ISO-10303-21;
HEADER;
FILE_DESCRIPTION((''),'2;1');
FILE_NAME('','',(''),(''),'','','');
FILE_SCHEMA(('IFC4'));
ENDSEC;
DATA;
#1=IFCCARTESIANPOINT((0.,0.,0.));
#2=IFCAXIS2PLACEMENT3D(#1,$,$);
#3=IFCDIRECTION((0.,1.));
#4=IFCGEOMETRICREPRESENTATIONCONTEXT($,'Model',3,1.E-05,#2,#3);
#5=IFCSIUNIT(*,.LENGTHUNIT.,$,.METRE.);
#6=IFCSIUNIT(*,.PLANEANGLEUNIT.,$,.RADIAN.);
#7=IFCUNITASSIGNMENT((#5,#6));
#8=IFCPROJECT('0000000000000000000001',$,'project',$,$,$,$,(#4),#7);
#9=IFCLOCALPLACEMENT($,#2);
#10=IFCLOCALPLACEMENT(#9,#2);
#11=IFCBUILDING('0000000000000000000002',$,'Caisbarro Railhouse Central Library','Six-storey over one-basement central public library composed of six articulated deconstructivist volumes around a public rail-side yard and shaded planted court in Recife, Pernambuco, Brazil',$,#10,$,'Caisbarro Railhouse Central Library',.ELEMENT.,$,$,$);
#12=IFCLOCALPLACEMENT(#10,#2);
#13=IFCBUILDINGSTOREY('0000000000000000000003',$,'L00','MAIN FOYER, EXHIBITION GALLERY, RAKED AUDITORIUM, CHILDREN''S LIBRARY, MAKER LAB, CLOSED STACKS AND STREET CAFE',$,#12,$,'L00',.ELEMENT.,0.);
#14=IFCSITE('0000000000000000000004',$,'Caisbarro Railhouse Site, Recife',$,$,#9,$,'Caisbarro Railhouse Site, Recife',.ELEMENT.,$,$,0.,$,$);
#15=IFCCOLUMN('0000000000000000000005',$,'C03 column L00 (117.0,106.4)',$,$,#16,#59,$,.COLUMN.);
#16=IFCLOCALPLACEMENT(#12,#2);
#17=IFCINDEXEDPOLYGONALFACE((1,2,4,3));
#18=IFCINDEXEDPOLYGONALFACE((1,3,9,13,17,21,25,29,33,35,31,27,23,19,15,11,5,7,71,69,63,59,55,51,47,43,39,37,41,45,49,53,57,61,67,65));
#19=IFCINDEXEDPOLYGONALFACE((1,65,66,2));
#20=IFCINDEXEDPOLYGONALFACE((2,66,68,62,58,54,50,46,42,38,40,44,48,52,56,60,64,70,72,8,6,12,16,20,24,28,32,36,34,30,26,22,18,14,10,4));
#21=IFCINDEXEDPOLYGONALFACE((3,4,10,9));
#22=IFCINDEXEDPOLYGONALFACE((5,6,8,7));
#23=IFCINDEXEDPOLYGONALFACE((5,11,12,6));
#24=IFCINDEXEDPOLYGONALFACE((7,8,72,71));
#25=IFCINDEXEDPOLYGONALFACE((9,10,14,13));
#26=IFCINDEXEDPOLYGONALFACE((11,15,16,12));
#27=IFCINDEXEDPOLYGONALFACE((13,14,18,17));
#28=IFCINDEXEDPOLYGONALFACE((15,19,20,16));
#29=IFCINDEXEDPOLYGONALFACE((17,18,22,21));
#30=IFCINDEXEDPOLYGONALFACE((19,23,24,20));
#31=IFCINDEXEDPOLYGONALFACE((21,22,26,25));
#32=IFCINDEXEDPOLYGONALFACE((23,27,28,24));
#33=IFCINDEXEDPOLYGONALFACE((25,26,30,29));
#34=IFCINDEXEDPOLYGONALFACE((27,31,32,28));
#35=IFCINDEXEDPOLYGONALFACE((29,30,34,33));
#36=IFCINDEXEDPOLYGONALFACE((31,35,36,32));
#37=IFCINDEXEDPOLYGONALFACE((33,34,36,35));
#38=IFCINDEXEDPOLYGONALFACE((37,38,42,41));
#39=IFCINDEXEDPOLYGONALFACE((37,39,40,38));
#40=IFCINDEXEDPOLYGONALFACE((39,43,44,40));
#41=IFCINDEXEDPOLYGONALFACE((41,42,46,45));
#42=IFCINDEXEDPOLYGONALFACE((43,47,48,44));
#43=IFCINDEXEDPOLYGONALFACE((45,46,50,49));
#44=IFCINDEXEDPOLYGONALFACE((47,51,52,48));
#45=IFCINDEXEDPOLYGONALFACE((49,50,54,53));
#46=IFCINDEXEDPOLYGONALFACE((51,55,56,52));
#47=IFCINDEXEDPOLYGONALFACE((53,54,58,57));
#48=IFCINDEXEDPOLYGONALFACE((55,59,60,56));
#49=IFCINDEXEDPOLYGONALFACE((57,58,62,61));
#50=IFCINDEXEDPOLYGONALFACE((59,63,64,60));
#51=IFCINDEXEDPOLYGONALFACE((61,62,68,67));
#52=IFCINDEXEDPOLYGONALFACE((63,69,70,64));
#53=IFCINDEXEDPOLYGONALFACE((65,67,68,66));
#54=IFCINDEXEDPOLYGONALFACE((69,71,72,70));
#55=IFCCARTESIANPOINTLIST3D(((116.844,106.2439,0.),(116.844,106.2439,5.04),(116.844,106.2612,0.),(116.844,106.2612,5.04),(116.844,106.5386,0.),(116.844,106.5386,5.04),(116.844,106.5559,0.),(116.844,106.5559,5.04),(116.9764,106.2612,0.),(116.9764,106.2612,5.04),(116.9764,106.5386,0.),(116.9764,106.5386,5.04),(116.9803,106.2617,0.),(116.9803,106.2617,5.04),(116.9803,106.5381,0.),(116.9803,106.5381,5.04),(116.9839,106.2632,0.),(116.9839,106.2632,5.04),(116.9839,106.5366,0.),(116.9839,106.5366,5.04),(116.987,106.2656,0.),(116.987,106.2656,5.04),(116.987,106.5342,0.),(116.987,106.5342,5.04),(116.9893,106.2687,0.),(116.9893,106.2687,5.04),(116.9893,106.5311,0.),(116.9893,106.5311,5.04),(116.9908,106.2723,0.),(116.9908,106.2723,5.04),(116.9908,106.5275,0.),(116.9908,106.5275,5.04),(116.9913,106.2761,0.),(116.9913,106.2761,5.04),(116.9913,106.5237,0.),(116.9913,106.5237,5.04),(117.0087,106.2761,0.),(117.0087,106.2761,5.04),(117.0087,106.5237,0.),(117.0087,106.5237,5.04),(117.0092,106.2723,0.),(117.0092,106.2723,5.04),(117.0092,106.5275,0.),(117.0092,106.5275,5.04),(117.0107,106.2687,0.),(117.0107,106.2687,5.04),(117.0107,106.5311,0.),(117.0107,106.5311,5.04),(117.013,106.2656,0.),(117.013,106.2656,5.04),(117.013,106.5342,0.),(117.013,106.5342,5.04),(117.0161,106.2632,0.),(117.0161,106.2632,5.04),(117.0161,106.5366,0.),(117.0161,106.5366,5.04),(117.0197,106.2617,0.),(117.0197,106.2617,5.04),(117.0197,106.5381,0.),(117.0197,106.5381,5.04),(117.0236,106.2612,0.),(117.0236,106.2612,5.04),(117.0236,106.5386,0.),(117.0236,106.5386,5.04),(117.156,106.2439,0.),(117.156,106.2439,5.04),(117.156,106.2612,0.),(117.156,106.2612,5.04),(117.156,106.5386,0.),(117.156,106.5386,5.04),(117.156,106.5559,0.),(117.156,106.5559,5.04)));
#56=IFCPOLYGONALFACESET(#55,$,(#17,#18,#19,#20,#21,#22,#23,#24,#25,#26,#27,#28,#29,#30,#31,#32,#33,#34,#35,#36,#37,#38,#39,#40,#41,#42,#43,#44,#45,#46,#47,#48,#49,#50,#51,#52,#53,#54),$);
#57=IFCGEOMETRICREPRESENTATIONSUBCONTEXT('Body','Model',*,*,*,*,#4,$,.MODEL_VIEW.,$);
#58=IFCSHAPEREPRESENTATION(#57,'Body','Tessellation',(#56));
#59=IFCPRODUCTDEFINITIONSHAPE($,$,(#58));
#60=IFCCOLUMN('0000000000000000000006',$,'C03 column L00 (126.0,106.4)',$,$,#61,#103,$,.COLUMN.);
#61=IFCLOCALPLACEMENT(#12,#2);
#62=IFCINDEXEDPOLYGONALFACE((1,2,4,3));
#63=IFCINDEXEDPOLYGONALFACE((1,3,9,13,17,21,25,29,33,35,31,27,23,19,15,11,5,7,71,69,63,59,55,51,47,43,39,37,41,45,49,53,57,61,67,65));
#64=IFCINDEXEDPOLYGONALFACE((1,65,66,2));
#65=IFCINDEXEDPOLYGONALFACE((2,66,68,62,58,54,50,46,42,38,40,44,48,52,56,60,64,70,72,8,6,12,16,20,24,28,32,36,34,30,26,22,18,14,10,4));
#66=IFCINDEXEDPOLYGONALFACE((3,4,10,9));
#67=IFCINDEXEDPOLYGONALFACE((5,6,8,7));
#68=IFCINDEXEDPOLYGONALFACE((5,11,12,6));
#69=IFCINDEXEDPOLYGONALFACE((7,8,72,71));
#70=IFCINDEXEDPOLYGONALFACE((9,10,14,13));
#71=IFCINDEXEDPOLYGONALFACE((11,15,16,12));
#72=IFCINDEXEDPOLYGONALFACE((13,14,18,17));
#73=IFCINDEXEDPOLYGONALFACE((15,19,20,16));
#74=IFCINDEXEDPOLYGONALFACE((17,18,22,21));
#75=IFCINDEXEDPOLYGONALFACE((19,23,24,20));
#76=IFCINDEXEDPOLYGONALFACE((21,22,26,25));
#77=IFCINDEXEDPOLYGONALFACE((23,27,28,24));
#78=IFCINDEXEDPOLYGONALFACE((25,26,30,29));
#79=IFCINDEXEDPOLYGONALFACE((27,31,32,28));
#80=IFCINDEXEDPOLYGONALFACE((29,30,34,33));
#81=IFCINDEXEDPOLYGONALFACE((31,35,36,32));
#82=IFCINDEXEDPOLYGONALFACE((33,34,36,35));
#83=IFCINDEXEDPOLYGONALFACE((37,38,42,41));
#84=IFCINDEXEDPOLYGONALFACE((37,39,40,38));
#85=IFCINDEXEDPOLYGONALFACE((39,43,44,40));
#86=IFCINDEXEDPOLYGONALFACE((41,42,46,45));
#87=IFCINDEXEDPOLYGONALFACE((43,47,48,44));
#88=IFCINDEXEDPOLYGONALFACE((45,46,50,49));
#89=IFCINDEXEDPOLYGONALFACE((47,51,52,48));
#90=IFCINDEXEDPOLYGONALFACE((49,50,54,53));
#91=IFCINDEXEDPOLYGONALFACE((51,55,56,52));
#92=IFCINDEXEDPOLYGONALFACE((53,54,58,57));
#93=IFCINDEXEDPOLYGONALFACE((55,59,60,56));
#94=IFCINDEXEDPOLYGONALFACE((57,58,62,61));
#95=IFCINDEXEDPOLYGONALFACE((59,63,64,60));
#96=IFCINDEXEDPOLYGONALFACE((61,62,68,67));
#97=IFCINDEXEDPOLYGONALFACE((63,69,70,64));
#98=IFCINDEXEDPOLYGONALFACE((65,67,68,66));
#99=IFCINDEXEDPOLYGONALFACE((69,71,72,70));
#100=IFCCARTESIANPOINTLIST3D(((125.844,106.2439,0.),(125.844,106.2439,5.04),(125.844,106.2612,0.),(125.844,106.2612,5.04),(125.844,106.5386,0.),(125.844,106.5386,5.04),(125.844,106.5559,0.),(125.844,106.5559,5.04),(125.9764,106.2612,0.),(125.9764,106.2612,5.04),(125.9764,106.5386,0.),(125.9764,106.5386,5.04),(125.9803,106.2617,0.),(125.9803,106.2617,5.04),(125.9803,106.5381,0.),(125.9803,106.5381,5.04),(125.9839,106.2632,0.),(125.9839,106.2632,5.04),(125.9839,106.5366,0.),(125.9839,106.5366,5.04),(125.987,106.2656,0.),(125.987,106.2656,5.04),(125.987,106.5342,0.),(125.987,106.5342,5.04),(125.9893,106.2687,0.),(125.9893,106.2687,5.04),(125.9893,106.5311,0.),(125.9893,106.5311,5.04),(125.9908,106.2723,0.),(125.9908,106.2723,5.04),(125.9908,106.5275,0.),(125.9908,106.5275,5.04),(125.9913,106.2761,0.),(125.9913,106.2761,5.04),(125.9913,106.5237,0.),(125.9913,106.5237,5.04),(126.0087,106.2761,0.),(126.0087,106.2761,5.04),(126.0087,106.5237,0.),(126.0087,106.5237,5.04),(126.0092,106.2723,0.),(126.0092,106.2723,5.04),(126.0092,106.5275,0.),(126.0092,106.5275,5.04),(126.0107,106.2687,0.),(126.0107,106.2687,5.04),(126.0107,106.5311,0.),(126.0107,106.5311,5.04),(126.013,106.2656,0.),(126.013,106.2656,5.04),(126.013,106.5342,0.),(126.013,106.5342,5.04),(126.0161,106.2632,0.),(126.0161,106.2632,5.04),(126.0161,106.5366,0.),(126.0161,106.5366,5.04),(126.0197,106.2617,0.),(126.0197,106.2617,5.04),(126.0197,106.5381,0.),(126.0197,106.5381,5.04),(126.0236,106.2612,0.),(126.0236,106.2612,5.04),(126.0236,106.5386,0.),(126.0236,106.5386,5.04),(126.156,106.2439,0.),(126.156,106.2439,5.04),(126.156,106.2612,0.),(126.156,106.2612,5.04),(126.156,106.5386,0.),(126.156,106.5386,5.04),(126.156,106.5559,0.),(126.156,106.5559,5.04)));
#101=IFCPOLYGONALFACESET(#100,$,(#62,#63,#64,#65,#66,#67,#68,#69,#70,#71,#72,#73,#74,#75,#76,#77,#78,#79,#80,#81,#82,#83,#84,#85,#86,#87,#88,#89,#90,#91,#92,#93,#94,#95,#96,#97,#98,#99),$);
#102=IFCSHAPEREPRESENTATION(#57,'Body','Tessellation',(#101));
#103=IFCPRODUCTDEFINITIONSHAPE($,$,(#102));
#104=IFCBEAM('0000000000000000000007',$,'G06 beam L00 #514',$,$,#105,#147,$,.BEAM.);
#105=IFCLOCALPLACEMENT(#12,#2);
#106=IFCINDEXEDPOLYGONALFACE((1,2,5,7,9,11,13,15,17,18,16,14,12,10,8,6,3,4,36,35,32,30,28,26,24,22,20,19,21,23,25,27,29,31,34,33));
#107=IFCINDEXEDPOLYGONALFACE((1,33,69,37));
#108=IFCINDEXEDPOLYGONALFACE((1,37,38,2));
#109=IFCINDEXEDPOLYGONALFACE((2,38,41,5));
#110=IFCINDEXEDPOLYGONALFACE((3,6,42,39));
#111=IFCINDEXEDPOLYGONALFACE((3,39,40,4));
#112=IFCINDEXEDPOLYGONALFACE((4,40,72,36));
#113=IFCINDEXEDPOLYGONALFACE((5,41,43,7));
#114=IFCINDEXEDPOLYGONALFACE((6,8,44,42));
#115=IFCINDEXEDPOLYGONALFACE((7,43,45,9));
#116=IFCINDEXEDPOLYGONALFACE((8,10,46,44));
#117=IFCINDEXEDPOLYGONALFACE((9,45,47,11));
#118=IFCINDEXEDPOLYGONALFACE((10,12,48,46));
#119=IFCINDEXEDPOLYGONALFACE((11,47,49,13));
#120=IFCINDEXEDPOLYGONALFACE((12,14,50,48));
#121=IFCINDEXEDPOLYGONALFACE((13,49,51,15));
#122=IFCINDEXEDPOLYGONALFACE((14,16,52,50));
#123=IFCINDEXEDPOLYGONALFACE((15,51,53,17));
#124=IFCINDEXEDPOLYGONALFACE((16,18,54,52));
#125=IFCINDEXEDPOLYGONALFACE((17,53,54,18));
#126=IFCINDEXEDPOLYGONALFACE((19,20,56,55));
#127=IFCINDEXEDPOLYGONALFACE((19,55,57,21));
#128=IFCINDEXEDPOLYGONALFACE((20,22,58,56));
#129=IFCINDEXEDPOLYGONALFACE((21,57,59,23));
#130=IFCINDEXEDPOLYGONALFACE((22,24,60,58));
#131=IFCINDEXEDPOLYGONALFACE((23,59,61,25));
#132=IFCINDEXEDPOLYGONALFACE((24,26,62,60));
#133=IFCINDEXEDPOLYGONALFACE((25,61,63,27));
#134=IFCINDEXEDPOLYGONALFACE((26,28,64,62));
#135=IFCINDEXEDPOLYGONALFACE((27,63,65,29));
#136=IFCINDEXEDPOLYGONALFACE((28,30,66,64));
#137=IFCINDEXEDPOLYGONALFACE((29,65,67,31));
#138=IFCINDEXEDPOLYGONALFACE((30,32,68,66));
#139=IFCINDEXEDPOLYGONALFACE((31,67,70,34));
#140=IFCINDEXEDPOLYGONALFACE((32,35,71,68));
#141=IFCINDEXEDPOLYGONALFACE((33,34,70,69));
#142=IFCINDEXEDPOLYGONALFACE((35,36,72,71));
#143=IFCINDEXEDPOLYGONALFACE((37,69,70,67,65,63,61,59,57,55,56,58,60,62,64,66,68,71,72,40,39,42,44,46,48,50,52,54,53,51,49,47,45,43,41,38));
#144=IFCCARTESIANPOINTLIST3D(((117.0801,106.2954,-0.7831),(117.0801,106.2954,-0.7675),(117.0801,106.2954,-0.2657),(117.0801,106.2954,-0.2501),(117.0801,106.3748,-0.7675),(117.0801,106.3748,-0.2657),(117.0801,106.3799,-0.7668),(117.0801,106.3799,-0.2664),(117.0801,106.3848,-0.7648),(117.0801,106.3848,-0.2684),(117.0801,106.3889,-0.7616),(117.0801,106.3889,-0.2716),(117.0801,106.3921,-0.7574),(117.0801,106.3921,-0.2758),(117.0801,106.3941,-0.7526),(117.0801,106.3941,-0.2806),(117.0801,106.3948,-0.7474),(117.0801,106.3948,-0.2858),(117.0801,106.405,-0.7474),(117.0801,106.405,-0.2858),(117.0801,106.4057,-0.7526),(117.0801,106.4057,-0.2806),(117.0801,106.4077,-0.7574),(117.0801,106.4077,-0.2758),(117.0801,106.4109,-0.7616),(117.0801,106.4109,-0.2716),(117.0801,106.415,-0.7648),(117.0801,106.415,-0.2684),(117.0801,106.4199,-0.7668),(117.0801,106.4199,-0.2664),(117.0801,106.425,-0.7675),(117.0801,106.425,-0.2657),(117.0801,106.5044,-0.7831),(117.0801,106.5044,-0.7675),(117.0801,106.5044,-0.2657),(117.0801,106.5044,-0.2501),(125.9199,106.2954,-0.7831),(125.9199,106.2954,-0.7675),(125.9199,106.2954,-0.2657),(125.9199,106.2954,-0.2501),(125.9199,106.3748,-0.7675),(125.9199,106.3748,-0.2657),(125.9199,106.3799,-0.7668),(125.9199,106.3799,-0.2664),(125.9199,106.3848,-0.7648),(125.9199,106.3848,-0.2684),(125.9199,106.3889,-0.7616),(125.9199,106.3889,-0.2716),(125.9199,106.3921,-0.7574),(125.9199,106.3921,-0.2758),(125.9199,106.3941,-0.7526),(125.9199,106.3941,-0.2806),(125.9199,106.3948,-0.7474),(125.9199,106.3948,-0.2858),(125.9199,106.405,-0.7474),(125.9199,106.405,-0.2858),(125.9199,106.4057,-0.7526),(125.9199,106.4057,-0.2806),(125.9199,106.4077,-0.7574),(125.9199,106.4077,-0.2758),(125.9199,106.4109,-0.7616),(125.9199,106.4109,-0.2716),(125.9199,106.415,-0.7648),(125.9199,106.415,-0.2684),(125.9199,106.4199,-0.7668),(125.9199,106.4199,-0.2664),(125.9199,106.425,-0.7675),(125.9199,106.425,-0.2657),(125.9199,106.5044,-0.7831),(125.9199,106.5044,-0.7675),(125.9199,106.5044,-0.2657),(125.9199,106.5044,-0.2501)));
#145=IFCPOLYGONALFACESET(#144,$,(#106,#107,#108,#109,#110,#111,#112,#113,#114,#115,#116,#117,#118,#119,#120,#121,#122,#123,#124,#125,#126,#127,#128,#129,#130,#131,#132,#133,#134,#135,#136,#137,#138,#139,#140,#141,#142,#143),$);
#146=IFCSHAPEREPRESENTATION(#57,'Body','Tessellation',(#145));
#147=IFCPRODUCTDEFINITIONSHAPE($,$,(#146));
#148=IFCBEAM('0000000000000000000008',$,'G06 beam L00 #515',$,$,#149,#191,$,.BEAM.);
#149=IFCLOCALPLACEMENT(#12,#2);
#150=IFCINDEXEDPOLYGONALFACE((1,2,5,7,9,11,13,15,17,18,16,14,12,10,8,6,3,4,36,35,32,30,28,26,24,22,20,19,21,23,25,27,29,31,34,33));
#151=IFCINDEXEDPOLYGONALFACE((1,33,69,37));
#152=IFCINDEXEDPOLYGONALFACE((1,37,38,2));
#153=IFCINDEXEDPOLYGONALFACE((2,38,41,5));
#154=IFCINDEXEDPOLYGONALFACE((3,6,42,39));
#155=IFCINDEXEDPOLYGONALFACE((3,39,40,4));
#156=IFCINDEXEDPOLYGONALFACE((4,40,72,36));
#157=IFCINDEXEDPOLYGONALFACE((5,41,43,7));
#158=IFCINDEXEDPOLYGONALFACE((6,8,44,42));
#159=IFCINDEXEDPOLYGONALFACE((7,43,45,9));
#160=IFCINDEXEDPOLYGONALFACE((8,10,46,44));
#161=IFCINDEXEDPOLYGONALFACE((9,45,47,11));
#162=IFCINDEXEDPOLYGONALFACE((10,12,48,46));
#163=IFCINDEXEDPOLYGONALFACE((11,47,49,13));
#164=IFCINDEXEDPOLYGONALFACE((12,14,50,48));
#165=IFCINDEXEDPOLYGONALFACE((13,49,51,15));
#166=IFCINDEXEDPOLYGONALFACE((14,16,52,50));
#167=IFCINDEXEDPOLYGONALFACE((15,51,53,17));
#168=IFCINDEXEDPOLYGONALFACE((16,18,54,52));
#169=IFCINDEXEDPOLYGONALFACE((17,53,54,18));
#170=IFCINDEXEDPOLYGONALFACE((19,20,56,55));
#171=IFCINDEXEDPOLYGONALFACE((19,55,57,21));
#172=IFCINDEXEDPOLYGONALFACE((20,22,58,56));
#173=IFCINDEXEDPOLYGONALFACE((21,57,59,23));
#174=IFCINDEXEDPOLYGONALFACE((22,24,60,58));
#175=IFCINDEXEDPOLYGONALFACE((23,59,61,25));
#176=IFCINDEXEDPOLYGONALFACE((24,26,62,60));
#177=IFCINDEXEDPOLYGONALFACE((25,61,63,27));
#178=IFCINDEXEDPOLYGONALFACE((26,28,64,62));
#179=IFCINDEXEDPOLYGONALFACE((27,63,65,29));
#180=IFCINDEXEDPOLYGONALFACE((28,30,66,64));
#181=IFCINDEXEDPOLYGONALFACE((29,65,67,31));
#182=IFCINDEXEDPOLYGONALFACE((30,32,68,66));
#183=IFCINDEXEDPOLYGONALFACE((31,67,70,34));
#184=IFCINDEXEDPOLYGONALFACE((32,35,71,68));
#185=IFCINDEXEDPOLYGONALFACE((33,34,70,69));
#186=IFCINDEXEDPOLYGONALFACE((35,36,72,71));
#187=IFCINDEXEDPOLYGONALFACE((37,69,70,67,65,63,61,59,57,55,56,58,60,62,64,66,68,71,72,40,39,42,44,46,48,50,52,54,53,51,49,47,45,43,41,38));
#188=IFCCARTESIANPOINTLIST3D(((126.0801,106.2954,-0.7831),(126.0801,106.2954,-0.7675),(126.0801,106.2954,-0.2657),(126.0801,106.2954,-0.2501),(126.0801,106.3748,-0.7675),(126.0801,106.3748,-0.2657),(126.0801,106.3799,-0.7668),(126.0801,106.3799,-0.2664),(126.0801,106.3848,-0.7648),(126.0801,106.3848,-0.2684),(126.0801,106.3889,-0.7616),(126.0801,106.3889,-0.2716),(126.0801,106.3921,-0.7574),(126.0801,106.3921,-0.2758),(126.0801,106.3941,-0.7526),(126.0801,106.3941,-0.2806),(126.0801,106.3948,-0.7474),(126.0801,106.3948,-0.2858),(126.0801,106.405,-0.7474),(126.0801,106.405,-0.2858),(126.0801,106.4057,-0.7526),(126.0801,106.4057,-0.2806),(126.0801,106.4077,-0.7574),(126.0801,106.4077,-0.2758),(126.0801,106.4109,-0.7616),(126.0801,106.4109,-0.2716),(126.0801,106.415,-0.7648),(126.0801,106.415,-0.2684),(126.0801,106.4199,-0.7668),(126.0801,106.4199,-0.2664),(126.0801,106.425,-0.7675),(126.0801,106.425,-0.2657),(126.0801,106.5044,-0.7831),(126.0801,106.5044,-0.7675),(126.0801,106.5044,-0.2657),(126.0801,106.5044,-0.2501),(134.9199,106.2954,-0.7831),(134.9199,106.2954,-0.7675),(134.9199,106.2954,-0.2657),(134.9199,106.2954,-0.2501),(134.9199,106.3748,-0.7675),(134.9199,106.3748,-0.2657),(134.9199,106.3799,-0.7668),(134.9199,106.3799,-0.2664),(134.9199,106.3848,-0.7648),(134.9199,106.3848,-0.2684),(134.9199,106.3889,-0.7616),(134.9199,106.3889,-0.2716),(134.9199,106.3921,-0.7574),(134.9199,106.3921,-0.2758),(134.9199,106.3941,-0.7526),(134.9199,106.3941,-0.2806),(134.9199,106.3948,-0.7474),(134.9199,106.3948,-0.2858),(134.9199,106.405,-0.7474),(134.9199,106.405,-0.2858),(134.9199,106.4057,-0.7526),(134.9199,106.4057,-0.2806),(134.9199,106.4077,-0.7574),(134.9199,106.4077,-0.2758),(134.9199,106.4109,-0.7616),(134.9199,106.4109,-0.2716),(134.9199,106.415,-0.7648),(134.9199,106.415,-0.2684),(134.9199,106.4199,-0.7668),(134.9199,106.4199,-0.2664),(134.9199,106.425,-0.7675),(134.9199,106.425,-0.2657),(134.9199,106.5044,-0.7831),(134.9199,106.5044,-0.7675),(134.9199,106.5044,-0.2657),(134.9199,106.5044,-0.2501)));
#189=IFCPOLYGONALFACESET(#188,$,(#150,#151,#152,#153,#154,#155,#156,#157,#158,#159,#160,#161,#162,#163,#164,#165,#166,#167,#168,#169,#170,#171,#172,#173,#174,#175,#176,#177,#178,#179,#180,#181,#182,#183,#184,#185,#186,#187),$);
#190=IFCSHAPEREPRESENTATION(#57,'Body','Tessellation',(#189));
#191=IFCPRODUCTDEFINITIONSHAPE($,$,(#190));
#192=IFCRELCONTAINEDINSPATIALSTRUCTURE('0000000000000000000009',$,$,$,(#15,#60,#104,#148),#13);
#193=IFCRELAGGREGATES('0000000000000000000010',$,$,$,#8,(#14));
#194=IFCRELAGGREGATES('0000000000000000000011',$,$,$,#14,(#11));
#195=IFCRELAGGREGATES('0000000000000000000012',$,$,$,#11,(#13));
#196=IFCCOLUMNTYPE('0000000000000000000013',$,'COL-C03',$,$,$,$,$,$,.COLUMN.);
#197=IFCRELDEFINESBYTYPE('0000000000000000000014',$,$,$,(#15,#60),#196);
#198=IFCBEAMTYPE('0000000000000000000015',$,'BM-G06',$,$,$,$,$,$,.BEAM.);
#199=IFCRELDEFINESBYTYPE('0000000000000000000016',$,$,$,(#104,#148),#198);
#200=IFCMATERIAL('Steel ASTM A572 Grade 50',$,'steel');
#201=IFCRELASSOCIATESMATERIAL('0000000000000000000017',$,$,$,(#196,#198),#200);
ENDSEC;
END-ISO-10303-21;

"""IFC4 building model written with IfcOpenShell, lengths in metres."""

from ifc_helpers import new_model, si_unit, direction, frame, origin, origin_2d, place, context, subcontext, project, spatial, i_section, extrude, material, material_profile, profile_set, type_object, element, save


model = new_model("IFC4")

# Units and contexts
model_context = context("Model", 3, precision=1e-05, world=origin(), true_north=direction((0.0, 1.0)))
body_context = subcontext(model_context, "Body", "Model", "MODEL_VIEW")
ifc_project = project(units=[si_unit("LENGTHUNIT", "METRE"), si_unit("PLANEANGLEUNIT", "RADIAN")], contexts=[model_context])

# Site, building, storey
site_placement = place(None, origin())
site = spatial("IfcSite", under=ifc_project, at=site_placement, Name="Caisbarro Railhouse Site, Recife", LongName="Caisbarro Railhouse Site, Recife", CompositionType="ELEMENT", RefElevation=0.0)
building_placement = place(site_placement, origin())
building = spatial("IfcBuilding", under=site, at=building_placement, Name="Caisbarro Railhouse Central Library", Description="Six-storey over one-basement central public library composed of six articulated deconstructivist volumes around a public rail-side yard and shaded planted court in Recife, Pernambuco, Brazil", LongName="Caisbarro Railhouse Central Library", CompositionType="ELEMENT")
storey_placement = place(building_placement, origin())
storey = spatial("IfcBuildingStorey", under=building, at=storey_placement, Name="L00", Description="MAIN FOYER, EXHIBITION GALLERY, RAKED AUDITORIUM, CHILDREN'S LIBRARY, MAKER LAB, CLOSED STACKS AND STREET CAFE", LongName="L00", CompositionType="ELEMENT", Elevation=0.0)

# Columns
ifc_material_1 = material(Name="Steel ASTM A572 Grade 50", Category="steel")
ifc_material_profile_1 = material_profile(ifc_material_1, i_section(OverallWidth=0.312, OverallDepth=0.312, WebThickness=0.0173, FlangeThickness=0.0173, FilletRadius=0.0149, at=origin_2d()), Name="HP310X125.0")
ifc_profile_set_1 = profile_set([ifc_material_profile_1], Name="Steel ASTM A572 Grade 50")
column_type = type_object("IfcColumnType", Name="COL-C03", PredefinedType="COLUMN", material=ifc_profile_set_1)
for number, where, z_axis, x_axis, name in (
    (1, (117.0, 106.3999, 0.0), (0.0, 0.0, 1.0), (1.0, 0.0, 0.0), "C03 column L00 (117.0,106.4)"),
    (2, (126.0, 106.3999, 0.0), (0.0, 0.0, 1.0), (1.0, 0.0, 0.0), "C03 column L00 (126.0,106.4)"),
):
    element("IfcColumn", number, at=place(storey_placement, frame(where, z_axis=z_axis, x_axis=x_axis)), inside=storey, type_object=column_type, Name=name, PredefinedType="COLUMN", context=body_context, shape_type="SweptSolid", body=[
        extrude(i_section(OverallWidth=0.312, OverallDepth=0.312, WebThickness=0.0173, FlangeThickness=0.0173, FilletRadius=0.0149, at=origin_2d()), origin(), (0.0, 0.0, 1.0), 5.04),
    ])

# Beams
ifc_material_profile_2 = material_profile(ifc_material_1, i_section(OverallWidth=0.209, OverallDepth=0.533, WebThickness=0.0103, FlangeThickness=0.0156, FilletRadius=0.02, at=origin_2d()), Name="W530X92.0")
ifc_profile_set_2 = profile_set([ifc_material_profile_2], Name="Steel ASTM A572 Grade 50")
beam_type_1 = type_object("IfcBeamType", Name="BM-G06", PredefinedType="BEAM", material=ifc_profile_set_2)
for number, where, z_axis, x_axis, name in (
    (3, (117.0801, 106.3999, -0.5166), (1.0, 0.0, 0.0), (0.0, 1.0, 0.0), "G06 beam L00 #514"),
    (4, (126.0801, 106.3999, -0.5166), (1.0, 0.0, 0.0), (0.0, 1.0, 0.0), "G06 beam L00 #515"),
):
    element("IfcBeam", number, at=place(storey_placement, frame(where, z_axis=z_axis, x_axis=x_axis)), inside=storey, type_object=beam_type_1, Name=name, PredefinedType="BEAM", context=body_context, shape_type="SweptSolid", body=[
        extrude(i_section(OverallWidth=0.209, OverallDepth=0.533, WebThickness=0.0103, FlangeThickness=0.0156, FilletRadius=0.02, at=origin_2d()), origin(), (0.0, 0.0, 1.0), 8.8398),
    ])

save(model, "model.ifc")
